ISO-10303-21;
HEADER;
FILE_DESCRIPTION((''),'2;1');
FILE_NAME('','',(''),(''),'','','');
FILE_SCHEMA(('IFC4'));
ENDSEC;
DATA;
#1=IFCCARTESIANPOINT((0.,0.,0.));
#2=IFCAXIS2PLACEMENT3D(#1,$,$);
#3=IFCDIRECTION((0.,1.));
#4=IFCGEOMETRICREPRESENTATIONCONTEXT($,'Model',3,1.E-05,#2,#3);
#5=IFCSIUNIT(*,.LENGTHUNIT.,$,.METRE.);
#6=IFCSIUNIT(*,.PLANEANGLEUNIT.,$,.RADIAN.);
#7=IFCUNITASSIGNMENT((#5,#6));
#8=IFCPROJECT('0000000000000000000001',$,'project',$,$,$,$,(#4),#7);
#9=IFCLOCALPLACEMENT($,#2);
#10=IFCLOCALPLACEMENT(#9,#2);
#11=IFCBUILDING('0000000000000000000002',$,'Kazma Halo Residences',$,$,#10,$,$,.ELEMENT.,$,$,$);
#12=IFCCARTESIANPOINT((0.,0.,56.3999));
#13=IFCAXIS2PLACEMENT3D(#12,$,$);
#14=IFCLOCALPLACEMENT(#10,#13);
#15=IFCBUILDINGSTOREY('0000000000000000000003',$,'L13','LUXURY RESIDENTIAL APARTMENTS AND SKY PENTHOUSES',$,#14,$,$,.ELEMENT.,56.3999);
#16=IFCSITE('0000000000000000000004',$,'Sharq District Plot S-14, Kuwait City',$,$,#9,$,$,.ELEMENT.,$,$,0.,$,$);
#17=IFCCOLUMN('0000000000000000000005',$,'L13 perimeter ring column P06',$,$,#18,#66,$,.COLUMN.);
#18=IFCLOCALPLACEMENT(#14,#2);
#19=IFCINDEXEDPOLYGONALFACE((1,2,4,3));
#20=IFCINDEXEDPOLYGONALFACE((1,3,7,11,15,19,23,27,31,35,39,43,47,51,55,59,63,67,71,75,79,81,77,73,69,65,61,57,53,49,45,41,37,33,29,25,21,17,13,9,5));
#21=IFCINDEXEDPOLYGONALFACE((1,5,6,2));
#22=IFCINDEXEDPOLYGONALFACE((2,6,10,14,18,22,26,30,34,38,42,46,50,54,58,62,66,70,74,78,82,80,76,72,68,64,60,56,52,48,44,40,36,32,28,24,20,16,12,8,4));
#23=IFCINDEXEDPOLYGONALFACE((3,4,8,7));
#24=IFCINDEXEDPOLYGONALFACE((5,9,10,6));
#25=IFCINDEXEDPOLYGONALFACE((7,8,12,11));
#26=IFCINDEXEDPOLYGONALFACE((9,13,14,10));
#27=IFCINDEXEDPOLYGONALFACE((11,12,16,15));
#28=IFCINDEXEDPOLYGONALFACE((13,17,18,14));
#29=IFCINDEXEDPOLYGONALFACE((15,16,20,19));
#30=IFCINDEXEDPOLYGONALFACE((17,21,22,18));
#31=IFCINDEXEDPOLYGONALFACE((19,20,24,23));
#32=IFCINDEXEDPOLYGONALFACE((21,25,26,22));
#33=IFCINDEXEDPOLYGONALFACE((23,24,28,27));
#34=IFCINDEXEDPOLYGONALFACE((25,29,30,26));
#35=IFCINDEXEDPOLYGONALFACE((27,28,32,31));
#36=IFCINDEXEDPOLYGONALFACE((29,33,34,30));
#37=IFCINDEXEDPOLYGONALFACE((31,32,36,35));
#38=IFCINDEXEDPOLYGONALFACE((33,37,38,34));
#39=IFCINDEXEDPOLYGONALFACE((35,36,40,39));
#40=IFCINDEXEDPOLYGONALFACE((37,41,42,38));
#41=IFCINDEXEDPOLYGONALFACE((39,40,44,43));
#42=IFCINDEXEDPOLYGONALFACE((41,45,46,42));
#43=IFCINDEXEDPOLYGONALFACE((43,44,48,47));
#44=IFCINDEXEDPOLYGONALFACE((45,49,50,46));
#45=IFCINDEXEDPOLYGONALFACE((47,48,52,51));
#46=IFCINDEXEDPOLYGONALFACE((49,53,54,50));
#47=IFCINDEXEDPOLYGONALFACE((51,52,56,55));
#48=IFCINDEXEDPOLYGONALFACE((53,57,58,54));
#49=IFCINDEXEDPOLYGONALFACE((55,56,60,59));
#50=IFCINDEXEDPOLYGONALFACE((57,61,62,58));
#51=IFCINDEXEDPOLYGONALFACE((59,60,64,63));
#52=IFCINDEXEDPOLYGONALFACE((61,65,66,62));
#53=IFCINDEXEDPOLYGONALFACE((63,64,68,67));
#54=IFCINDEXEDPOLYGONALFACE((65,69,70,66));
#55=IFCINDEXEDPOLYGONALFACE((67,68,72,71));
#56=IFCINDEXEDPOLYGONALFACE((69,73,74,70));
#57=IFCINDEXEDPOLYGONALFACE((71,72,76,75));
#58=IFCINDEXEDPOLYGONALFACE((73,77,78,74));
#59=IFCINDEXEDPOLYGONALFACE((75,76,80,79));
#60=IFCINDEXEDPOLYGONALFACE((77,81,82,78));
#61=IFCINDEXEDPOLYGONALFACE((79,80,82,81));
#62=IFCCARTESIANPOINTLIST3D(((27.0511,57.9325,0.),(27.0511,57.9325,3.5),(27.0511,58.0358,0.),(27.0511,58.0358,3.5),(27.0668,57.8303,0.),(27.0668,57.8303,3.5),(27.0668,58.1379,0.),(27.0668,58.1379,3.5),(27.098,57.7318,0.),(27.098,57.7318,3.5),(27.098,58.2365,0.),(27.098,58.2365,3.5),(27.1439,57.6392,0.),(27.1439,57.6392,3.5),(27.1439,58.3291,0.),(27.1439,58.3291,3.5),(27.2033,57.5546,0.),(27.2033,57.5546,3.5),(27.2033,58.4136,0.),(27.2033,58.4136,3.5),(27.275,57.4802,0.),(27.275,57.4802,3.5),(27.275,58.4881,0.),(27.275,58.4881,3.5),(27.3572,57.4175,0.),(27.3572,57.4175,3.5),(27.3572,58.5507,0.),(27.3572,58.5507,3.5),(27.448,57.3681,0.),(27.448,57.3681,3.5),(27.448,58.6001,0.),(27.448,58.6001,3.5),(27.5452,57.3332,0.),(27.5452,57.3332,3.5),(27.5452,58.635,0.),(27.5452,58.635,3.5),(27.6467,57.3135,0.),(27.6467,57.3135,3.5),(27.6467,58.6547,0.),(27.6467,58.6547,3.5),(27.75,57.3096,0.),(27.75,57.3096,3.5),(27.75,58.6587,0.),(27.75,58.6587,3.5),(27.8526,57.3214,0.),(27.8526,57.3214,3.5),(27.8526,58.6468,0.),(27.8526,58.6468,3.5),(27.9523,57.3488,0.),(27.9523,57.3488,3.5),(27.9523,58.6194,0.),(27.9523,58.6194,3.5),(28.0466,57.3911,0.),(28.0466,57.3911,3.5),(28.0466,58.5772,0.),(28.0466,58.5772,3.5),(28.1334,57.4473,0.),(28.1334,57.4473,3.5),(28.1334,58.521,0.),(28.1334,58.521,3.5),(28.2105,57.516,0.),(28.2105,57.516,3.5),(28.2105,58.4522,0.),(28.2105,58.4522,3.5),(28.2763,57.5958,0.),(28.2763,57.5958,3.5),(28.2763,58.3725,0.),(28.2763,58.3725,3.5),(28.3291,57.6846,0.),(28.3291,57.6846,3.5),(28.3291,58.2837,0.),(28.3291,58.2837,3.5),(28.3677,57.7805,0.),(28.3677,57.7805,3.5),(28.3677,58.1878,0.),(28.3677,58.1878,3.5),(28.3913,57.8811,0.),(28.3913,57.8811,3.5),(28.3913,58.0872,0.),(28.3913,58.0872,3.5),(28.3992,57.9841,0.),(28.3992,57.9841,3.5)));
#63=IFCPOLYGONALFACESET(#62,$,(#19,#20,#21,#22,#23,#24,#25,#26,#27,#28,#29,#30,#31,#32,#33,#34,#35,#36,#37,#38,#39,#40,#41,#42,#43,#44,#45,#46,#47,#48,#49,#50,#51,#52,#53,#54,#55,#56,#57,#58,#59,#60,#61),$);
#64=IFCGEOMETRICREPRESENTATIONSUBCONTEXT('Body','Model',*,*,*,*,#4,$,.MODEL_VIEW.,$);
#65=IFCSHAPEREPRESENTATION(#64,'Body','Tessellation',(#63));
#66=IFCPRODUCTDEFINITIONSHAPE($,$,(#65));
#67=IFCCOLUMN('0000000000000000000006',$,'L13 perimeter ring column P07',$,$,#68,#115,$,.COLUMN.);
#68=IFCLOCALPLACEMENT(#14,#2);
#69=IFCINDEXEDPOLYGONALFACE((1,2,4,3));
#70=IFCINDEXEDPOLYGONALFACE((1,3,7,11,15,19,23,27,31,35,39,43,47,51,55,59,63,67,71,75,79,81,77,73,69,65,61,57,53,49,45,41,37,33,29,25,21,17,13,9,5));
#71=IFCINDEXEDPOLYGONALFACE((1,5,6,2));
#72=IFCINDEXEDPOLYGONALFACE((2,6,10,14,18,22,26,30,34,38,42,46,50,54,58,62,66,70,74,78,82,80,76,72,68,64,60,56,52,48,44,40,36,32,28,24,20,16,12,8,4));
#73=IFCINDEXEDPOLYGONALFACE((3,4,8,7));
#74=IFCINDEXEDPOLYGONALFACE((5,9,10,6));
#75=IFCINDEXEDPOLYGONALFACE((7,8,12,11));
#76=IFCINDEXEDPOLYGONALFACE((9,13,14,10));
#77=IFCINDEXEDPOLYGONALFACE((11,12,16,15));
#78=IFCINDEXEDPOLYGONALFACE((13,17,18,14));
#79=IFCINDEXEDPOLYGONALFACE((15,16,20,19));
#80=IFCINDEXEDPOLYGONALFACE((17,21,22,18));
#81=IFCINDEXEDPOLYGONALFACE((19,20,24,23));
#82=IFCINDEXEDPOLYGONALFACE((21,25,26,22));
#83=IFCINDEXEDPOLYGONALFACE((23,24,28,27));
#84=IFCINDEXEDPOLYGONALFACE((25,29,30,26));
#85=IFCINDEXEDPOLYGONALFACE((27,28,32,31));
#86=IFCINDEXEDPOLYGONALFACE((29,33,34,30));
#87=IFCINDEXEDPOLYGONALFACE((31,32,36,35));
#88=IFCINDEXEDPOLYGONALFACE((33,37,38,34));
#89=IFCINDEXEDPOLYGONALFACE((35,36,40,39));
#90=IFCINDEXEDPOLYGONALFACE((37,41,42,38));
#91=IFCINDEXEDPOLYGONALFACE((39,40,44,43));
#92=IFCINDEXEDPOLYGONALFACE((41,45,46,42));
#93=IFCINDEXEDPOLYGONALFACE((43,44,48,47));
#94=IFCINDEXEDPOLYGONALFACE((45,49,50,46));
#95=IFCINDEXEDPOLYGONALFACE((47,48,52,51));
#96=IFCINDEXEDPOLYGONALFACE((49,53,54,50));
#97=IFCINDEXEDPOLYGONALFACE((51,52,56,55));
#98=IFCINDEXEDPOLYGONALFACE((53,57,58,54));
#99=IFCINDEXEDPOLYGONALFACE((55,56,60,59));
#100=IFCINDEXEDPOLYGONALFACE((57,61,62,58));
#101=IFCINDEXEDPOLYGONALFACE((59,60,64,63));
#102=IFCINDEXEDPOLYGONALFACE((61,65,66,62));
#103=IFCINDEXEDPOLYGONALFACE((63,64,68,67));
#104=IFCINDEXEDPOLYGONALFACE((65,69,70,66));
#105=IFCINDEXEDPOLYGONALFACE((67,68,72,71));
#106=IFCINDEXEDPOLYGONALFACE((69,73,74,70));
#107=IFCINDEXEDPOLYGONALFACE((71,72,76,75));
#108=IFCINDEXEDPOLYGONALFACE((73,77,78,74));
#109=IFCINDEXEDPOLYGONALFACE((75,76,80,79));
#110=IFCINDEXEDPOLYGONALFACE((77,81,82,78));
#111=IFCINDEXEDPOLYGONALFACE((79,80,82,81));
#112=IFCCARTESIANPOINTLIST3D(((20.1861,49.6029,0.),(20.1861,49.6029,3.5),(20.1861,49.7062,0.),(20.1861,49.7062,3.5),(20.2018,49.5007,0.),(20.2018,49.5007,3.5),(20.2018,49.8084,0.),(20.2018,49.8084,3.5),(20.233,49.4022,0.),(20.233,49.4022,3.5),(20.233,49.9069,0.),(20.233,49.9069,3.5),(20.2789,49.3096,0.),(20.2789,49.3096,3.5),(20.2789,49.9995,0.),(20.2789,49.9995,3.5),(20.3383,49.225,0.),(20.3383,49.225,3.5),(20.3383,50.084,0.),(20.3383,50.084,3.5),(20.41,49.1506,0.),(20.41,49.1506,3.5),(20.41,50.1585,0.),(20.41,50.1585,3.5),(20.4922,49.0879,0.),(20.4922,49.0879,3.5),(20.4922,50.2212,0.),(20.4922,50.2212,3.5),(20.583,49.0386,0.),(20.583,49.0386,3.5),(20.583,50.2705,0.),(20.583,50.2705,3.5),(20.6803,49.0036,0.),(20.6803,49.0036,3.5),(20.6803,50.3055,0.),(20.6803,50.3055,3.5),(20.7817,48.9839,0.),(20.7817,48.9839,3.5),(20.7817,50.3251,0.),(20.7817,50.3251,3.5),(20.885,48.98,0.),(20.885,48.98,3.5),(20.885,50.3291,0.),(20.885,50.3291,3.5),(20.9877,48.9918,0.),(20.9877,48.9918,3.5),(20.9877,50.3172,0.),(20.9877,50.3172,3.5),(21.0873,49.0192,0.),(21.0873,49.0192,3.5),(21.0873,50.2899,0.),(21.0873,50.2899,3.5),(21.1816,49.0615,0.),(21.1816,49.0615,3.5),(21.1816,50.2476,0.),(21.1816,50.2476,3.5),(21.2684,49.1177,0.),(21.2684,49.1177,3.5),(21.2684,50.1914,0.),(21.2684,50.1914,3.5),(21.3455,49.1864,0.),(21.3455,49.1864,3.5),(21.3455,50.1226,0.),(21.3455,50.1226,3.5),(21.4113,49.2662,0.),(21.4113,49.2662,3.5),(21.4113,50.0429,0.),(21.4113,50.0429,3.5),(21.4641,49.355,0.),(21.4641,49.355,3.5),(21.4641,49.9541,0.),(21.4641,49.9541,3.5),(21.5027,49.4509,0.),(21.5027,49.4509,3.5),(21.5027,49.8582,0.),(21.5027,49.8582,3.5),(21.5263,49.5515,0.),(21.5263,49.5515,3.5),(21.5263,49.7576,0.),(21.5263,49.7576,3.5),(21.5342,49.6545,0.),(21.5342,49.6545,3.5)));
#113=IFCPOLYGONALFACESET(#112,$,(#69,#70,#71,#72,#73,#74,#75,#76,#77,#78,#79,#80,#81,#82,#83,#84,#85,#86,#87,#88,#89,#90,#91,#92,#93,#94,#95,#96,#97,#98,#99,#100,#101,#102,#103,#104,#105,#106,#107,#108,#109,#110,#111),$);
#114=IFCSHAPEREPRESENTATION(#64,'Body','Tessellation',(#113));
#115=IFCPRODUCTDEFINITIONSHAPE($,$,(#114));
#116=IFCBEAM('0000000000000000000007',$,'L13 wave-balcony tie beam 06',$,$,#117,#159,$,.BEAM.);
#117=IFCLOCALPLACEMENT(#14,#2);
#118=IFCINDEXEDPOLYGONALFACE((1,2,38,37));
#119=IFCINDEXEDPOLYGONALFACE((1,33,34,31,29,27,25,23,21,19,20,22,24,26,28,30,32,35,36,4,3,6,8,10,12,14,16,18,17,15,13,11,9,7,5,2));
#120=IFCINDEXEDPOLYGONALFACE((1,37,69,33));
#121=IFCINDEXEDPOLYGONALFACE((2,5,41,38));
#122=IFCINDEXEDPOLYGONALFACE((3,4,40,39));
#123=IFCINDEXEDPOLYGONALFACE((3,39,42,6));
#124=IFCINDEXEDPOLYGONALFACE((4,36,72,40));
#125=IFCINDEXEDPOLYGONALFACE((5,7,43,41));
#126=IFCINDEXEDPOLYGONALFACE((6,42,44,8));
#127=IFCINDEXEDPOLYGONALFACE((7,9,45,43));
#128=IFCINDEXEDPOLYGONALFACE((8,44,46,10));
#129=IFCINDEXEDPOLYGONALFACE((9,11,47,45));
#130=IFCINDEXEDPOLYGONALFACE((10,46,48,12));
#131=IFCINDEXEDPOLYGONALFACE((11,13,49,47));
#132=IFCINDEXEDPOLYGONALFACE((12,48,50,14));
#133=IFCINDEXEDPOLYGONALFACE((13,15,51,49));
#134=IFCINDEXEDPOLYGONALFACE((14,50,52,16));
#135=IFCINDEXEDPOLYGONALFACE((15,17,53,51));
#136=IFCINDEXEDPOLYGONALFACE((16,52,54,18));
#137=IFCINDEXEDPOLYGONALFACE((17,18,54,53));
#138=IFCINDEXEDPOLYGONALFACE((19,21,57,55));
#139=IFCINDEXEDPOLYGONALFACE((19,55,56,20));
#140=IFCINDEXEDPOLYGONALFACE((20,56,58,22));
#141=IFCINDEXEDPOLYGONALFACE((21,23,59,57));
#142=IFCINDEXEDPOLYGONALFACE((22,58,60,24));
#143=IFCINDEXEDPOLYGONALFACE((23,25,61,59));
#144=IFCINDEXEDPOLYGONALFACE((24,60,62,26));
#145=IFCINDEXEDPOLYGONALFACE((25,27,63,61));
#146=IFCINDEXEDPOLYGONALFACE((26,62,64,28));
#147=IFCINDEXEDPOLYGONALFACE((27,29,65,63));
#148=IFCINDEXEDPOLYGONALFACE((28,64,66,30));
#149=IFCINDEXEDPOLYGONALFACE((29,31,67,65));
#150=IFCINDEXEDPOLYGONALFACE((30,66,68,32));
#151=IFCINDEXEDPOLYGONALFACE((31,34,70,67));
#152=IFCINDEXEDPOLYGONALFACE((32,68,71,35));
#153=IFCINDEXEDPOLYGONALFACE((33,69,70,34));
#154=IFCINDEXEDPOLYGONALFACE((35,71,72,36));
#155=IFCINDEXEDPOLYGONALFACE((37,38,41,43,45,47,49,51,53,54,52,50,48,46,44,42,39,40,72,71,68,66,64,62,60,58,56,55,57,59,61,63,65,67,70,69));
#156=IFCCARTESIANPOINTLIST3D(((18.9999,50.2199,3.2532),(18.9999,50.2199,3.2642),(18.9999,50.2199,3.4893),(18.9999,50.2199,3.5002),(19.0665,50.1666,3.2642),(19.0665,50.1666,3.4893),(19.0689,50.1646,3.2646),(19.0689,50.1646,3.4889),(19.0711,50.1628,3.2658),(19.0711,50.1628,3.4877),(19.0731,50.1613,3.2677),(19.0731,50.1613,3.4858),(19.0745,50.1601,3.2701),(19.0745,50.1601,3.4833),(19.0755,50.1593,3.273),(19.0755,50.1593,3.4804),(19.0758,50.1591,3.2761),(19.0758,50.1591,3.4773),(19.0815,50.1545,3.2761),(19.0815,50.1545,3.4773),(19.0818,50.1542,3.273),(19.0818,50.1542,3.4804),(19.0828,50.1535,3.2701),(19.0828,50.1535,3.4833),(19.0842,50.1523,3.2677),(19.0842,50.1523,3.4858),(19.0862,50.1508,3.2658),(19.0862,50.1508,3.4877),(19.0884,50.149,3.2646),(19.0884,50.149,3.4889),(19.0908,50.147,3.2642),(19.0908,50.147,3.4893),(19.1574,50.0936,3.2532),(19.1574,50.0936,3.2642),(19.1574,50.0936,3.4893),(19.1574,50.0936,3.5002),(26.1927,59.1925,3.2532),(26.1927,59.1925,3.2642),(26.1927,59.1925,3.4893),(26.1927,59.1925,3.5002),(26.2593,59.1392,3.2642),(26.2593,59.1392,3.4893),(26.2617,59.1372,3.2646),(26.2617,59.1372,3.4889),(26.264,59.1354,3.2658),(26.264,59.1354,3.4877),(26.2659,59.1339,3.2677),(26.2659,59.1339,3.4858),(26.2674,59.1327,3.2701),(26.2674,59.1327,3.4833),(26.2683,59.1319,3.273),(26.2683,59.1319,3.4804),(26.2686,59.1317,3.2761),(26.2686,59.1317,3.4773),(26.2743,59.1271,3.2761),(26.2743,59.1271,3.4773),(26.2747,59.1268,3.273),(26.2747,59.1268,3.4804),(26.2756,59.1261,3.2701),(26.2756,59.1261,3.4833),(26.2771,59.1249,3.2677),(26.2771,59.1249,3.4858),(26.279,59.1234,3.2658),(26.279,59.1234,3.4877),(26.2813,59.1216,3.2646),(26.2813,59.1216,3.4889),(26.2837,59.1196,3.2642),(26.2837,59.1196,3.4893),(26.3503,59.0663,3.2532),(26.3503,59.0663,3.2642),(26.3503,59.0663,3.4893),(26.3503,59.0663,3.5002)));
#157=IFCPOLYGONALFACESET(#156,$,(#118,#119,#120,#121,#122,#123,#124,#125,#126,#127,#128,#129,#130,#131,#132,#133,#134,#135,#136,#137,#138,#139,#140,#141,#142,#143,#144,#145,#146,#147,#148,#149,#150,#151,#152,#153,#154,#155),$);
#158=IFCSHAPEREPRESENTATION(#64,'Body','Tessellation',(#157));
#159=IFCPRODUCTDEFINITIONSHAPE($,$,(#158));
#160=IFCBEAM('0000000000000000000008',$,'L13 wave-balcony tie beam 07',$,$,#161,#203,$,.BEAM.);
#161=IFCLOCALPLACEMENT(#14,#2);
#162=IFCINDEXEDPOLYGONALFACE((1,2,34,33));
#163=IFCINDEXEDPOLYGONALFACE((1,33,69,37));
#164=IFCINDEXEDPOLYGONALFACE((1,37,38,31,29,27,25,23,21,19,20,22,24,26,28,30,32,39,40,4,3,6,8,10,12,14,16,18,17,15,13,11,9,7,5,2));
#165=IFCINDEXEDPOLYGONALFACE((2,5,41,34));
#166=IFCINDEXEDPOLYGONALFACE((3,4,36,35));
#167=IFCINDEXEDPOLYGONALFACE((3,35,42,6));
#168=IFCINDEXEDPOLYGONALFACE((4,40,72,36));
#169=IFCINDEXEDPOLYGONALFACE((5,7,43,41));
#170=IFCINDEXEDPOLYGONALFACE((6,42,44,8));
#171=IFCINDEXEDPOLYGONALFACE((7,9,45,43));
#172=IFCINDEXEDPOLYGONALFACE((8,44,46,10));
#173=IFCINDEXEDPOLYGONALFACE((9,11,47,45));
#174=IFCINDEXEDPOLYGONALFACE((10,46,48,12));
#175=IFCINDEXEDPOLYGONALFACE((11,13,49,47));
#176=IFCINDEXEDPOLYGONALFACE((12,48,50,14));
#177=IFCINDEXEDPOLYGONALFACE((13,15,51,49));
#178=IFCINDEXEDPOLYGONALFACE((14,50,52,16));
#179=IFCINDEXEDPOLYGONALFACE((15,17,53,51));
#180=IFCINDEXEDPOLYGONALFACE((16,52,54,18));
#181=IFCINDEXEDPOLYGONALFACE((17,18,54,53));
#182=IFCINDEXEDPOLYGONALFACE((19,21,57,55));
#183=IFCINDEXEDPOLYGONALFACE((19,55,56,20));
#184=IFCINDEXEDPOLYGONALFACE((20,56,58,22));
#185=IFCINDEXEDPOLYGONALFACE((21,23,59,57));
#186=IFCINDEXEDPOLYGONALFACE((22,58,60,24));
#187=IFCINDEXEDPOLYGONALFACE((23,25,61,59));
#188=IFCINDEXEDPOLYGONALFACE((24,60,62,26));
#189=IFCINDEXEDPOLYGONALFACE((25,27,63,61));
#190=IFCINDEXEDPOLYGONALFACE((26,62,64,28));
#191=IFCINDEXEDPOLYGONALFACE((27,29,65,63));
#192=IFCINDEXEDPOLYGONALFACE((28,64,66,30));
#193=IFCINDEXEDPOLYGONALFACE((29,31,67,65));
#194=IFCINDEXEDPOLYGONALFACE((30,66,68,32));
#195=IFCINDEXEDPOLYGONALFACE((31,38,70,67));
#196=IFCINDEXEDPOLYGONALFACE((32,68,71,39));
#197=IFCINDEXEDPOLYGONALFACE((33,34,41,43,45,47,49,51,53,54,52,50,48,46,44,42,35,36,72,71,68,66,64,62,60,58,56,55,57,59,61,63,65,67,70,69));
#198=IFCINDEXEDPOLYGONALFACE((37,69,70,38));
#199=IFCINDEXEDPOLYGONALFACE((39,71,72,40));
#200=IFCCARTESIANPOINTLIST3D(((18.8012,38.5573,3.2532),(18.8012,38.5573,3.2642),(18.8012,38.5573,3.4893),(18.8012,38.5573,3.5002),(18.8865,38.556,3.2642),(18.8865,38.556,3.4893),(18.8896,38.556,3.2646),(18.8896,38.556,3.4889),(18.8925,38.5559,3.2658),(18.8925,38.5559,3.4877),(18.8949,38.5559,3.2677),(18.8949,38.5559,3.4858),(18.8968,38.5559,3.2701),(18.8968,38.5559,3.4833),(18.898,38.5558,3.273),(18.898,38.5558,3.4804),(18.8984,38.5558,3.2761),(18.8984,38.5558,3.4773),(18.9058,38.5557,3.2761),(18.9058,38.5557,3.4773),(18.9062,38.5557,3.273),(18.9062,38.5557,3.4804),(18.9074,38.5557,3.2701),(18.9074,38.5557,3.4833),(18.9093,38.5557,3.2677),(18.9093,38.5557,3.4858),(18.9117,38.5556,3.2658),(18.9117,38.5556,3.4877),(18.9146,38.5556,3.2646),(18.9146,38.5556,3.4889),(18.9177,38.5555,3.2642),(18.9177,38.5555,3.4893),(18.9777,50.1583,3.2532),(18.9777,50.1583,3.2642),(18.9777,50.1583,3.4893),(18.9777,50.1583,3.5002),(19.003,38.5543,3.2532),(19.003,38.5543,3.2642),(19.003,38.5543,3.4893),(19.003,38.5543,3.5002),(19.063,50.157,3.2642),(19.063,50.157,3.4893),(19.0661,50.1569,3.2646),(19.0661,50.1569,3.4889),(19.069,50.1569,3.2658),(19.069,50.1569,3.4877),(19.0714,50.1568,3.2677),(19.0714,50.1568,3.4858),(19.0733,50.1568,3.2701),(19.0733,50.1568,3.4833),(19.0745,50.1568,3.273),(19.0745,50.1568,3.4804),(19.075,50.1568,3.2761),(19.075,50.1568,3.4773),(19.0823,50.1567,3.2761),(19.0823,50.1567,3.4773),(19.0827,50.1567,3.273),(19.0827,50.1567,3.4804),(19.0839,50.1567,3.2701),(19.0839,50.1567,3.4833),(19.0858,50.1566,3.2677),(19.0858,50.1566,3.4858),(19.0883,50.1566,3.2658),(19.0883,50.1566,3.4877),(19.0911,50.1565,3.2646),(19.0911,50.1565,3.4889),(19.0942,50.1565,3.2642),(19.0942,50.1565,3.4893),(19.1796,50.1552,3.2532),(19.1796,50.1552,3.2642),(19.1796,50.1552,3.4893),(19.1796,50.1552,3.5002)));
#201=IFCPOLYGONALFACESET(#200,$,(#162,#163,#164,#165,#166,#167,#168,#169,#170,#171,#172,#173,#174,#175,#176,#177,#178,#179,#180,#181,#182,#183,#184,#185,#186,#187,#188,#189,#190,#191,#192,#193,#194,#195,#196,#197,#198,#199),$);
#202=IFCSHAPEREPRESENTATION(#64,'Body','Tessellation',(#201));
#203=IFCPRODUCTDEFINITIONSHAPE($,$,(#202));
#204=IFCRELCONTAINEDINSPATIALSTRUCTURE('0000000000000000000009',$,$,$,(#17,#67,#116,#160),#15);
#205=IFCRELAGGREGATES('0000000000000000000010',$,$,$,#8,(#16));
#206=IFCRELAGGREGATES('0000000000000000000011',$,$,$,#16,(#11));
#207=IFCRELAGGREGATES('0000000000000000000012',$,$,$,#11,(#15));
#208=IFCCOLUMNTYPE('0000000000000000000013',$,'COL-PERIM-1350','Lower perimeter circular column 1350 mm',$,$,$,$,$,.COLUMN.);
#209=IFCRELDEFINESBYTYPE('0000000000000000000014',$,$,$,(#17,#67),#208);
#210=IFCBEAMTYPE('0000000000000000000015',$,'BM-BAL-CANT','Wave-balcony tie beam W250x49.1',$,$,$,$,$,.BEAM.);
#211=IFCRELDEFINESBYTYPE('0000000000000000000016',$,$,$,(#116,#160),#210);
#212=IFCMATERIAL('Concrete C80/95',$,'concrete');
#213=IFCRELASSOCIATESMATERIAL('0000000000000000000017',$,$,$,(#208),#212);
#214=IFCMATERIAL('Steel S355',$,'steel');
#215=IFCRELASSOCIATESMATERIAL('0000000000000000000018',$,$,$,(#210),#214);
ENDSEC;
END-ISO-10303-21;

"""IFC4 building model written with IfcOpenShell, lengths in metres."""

from ifc_helpers import new_model, si_unit, direction, frame, origin, origin_2d, place, context, subcontext, project, spatial, circle, i_section, extrude, material, material_profile, profile_set, type_object, element, save


model = new_model("IFC4")

# Units and contexts
model_context = context("Model", 3, precision=1e-05, world=origin(), true_north=direction((0.0, 1.0)))
body_context = subcontext(model_context, "Body", "Model", "MODEL_VIEW")
ifc_project = project(units=[si_unit("LENGTHUNIT", "METRE"), si_unit("PLANEANGLEUNIT", "RADIAN")], contexts=[model_context])

# Site, building, storey
site_placement = place(None, origin())
site = spatial("IfcSite", under=ifc_project, at=site_placement, Name="Sharq District Plot S-14, Kuwait City", CompositionType="ELEMENT", RefElevation=0.0)
building_placement = place(site_placement, origin())
building = spatial("IfcBuilding", under=site, at=building_placement, Name="Kazma Halo Residences", CompositionType="ELEMENT")
storey_placement = place(building_placement, frame((0.0, 0.0, 56.3999)))
storey = spatial("IfcBuildingStorey", under=building, at=storey_placement, Name="L13", Description="LUXURY RESIDENTIAL APARTMENTS AND SKY PENTHOUSES", CompositionType="ELEMENT", Elevation=56.3999)

# Columns
ifc_material_1 = material(Name="Concrete C80/95", Category="concrete")
ifc_material_profile_1 = material_profile(ifc_material_1, circle(Radius=0.675, at=origin_2d()), Name="CIRC1350")
ifc_profile_set_1 = profile_set([ifc_material_profile_1], Name="Concrete C80/95")
column_type = type_object("IfcColumnType", Name="COL-PERIM-1350", Description="Lower perimeter circular column 1350 mm", PredefinedType="COLUMN", material=ifc_profile_set_1)
for number, where, z_axis, x_axis, name in (
    (1, (27.7241, 57.9841, 0.0), (0.0, 0.0, 1.0), (1.0, 0.0, 0.0), "L13 perimeter ring column P06"),
    (2, (20.8591, 49.6545, 0.0), (0.0, 0.0, 1.0), (1.0, 0.0, 0.0), "L13 perimeter ring column P07"),
):
    element("IfcColumn", number, at=place(storey_placement, frame(where, z_axis=z_axis, x_axis=x_axis)), inside=storey, type_object=column_type, Name=name, PredefinedType="COLUMN", context=body_context, shape_type="SweptSolid", body=[
        extrude(circle(Radius=0.675, at=origin_2d()), origin(), (0.0, 0.0, 1.0), 3.5),
    ])

# Beams
ifc_material_2 = material(Name="Steel S355", Category="steel")
ifc_material_profile_2 = material_profile(ifc_material_2, i_section(OverallWidth=0.2019, OverallDepth=0.2471, WebThickness=0.0073, FlangeThickness=0.011, FilletRadius=0.012, at=origin_2d()), Name="W250x49.1")
ifc_profile_set_2 = profile_set([ifc_material_profile_2], Name="Steel S355")
beam_type_1 = type_object("IfcBeamType", Name="BM-BAL-CANT", Description="Wave-balcony tie beam W250x49.1", PredefinedType="BEAM", material=ifc_profile_set_2)
beam_1_placement = place(storey_placement, frame((26.2715, 59.1294, 3.3767), z_axis=(-0.625477, -0.780243, 0.0), x_axis=(0.780243, -0.625477, 0.0)))
element("IfcBeam", 3, at=beam_1_placement, inside=storey, type_object=beam_type_1, Name="L13 wave-balcony tie beam 06", PredefinedType="BEAM", context=body_context, shape_type="SweptSolid", body=[
    extrude(i_section(OverallWidth=0.2019, OverallDepth=0.2471, WebThickness=0.0073, FlangeThickness=0.011, FilletRadius=0.012, at=origin_2d()), origin(), (0.0, 0.0, 1.0), 11.4998),
])
beam_2_placement = place(storey_placement, frame((19.0786, 50.1567, 3.3767), z_axis=(-0.015214, -0.999884, 0.0), x_axis=(0.999884, -0.015214, 0.0)))
element("IfcBeam", 4, at=beam_2_placement, inside=storey, type_object=beam_type_1, Name="L13 wave-balcony tie beam 07", PredefinedType="BEAM", context=body_context, shape_type="SweptSolid", body=[
    extrude(i_section(OverallWidth=0.2019, OverallDepth=0.2471, WebThickness=0.0073, FlangeThickness=0.011, FilletRadius=0.012, at=origin_2d()), origin(), (0.0, 0.0, 1.0), 11.6023),
])

save(model, "model.ifc")
